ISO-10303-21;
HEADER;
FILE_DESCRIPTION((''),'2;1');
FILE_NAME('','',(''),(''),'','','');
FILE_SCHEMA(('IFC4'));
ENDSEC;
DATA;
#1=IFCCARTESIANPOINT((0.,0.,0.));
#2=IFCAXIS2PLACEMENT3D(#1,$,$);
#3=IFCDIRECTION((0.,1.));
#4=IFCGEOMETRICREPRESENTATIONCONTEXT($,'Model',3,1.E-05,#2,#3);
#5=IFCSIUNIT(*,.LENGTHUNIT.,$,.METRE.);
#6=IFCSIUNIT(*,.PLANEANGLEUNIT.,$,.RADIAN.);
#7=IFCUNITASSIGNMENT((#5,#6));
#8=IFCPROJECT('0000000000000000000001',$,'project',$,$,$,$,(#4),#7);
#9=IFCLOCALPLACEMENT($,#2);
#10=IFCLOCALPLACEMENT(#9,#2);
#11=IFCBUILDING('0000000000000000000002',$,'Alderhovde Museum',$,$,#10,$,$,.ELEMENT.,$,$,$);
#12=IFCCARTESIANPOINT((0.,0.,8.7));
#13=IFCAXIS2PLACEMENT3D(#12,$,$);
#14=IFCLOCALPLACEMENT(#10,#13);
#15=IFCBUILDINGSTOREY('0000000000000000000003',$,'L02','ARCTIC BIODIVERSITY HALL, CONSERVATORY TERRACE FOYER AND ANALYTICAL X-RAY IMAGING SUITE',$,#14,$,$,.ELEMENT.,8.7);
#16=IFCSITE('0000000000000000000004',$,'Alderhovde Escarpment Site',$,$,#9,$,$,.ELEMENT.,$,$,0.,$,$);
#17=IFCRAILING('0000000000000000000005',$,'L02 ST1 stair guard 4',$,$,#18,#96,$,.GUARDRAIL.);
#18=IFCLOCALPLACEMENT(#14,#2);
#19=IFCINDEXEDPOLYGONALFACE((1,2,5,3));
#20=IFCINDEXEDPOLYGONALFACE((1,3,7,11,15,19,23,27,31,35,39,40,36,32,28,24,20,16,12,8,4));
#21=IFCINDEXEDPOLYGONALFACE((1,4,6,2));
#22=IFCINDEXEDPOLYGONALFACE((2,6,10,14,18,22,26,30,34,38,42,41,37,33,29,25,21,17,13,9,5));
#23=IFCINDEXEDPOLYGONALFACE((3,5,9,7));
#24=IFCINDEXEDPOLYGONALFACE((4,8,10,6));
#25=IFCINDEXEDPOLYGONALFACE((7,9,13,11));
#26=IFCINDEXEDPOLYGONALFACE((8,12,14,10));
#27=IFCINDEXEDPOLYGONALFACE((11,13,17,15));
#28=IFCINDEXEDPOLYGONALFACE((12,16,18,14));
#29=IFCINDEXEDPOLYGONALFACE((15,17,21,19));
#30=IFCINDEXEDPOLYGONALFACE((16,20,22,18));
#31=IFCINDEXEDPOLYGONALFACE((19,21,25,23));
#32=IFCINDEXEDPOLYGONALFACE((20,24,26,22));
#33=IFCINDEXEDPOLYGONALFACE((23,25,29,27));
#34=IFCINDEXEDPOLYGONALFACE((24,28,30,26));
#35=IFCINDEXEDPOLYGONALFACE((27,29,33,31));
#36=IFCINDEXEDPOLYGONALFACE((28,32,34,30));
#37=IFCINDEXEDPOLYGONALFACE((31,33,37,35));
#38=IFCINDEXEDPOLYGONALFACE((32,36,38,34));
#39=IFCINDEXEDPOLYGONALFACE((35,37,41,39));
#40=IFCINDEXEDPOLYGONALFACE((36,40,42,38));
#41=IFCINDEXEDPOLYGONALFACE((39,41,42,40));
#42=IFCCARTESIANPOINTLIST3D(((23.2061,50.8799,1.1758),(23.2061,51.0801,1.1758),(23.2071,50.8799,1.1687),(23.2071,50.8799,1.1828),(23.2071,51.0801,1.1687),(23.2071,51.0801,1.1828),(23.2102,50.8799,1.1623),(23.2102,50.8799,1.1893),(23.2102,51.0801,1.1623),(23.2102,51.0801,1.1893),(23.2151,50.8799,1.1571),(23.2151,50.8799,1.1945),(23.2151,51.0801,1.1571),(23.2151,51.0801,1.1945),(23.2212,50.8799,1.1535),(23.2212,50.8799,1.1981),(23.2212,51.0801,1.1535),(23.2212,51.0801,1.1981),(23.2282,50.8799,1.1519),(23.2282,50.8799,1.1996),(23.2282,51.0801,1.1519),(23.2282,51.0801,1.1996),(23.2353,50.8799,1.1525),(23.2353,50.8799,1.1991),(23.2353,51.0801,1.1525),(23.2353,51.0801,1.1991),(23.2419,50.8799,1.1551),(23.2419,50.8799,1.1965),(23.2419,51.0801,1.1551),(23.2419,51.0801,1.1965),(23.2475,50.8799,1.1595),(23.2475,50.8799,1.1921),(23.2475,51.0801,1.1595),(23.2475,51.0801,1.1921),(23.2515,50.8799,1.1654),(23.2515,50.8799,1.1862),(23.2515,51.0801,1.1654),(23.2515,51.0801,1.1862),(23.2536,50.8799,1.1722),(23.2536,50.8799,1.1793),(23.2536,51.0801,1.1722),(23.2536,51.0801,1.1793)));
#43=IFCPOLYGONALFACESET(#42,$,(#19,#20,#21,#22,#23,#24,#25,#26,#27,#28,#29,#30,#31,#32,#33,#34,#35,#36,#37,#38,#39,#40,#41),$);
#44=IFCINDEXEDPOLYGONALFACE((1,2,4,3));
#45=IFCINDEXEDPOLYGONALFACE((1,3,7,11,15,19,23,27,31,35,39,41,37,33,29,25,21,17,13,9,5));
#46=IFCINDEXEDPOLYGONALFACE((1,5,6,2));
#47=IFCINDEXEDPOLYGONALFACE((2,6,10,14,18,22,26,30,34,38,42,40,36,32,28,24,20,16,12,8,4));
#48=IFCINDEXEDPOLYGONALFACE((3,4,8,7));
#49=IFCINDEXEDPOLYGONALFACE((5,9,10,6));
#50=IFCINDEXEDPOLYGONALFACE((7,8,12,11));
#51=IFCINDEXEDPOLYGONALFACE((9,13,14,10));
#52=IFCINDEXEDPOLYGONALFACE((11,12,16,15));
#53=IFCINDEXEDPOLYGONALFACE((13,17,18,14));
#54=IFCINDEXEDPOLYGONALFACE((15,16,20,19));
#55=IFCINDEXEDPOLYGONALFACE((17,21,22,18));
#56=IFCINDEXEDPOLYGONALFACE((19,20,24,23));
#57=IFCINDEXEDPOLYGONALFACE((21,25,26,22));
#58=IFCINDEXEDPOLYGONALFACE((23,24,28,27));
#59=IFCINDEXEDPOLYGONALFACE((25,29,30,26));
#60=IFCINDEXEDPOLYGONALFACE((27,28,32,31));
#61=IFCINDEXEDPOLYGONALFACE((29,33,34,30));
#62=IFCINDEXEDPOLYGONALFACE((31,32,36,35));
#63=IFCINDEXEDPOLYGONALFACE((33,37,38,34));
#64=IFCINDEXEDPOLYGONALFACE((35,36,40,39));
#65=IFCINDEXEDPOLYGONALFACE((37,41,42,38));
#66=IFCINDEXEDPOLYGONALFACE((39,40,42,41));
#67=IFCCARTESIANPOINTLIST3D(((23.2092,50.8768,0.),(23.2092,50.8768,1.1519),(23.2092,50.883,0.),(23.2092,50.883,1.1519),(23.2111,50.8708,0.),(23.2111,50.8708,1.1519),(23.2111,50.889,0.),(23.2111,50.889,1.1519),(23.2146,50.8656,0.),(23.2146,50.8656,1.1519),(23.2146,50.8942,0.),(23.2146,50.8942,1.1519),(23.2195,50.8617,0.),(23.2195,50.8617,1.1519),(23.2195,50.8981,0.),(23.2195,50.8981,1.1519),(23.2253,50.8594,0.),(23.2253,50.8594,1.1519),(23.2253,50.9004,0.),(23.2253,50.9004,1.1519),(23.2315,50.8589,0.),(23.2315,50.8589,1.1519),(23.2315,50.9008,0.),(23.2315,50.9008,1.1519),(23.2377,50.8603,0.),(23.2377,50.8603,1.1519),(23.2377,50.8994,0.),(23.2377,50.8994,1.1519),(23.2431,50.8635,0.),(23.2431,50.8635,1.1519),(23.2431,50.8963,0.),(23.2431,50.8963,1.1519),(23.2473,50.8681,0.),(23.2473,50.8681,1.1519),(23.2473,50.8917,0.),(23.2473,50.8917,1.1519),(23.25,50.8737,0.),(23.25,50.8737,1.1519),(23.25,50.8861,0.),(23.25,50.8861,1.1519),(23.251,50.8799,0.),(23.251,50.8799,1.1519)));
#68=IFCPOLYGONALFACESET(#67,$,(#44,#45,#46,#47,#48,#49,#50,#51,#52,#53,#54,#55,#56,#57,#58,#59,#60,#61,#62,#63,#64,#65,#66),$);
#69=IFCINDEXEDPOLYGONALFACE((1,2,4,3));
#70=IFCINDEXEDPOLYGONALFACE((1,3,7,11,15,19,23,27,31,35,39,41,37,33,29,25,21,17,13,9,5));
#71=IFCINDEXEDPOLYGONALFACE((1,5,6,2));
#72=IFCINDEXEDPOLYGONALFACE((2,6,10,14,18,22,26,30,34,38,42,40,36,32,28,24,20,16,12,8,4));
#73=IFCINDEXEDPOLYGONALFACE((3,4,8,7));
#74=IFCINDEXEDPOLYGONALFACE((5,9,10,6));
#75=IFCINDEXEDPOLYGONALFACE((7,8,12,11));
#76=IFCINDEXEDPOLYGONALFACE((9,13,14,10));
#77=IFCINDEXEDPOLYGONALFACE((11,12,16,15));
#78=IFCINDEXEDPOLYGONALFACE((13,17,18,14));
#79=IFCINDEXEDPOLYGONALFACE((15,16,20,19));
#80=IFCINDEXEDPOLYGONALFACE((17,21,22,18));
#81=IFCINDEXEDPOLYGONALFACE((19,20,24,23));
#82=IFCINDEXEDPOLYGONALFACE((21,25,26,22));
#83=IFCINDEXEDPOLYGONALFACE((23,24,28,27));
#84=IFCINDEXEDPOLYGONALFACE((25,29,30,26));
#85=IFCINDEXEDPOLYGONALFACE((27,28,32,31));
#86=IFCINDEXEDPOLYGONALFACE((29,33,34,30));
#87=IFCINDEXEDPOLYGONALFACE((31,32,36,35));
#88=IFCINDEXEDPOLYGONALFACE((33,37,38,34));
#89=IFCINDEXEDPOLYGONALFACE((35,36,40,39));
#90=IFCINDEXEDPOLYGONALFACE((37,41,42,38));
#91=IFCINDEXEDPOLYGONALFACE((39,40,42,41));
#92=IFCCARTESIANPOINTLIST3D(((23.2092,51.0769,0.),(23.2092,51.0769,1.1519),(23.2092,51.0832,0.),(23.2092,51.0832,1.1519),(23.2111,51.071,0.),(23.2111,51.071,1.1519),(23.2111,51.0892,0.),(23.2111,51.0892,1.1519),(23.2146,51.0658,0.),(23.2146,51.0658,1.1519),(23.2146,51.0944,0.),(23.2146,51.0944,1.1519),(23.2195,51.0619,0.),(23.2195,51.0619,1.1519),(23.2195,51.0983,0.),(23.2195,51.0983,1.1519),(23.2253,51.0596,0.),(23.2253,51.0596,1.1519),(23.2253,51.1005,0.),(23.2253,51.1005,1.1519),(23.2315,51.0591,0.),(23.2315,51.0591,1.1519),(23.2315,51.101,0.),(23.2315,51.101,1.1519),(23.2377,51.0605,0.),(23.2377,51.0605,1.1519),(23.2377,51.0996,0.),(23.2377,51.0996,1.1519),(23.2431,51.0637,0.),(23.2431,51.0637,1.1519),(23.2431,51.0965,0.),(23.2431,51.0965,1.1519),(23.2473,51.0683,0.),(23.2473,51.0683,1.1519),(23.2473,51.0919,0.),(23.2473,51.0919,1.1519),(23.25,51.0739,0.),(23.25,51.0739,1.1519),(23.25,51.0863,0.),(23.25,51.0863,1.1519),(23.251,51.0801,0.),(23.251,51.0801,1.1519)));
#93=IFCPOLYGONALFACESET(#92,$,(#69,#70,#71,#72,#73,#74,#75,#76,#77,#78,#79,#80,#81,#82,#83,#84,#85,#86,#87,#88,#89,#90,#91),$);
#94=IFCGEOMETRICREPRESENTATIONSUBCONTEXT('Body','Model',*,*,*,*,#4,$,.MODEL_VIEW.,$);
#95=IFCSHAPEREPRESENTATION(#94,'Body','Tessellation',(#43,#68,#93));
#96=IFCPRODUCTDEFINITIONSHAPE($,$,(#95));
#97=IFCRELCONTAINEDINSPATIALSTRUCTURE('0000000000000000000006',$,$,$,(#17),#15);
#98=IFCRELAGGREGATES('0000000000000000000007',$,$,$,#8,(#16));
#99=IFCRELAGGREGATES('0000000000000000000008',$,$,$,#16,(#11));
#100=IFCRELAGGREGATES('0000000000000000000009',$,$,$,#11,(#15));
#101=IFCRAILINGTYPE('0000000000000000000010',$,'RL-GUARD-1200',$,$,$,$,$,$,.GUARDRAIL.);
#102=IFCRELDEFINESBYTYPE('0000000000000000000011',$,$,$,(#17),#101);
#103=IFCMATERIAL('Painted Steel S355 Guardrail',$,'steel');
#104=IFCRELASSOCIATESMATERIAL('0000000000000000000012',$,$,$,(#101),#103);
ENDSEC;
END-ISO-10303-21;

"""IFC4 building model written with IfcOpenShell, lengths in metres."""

from ifc_helpers import new_model, si_unit, direction, frame, origin, origin_2d, place, context, subcontext, project, spatial, circle, extrude, material, type_object, element, save


model = new_model("IFC4")

# Units and contexts
model_context = context("Model", 3, precision=1e-05, world=origin(), true_north=direction((0.0, 1.0)))
body_context = subcontext(model_context, "Body", "Model", "MODEL_VIEW")
ifc_project = project(units=[si_unit("LENGTHUNIT", "METRE"), si_unit("PLANEANGLEUNIT", "RADIAN")], contexts=[model_context])

# Site, building, storey
site_placement = place(None, origin())
site = spatial("IfcSite", under=ifc_project, at=site_placement, Name="Alderhovde Escarpment Site", CompositionType="ELEMENT", RefElevation=0.0)
building_placement = place(site_placement, origin())
building = spatial("IfcBuilding", under=site, at=building_placement, Name="Alderhovde Museum", CompositionType="ELEMENT")
storey_placement = place(building_placement, frame((0.0, 0.0, 8.7)))
storey = spatial("IfcBuildingStorey", under=building, at=storey_placement, Name="L02", Description="ARCTIC BIODIVERSITY HALL, CONSERVATORY TERRACE FOYER AND ANALYTICAL X-RAY IMAGING SUITE", CompositionType="ELEMENT", Elevation=8.7)

# Railing
ifc_material_1 = material(Name="Painted Steel S355 Guardrail", Category="steel")
railing_type_1 = type_object("IfcRailingType", Name="RL-GUARD-1200", PredefinedType="GUARDRAIL", material=ifc_material_1)
railing_1_placement = place(storey_placement, frame((23.23, 50.8799, 0.0)))
element("IfcRailing", 1, at=railing_1_placement, inside=storey, type_object=railing_type_1, Name="L02 ST1 stair guard 4", PredefinedType="GUARDRAIL", context=body_context, shape_type="SweptSolid", body=[
    extrude(circle(Radius=0.0239, at=origin_2d()), frame((0.0, 0.0, 1.1758), z_axis=(0.0, 1.0, 0.0), x_axis=(-1.0, 0.0, 0.0)), (0.0, 0.0, 1.0), 0.2002),
    extrude(circle(Radius=0.021, at=origin_2d()), origin(), (0.0, 0.0, 1.0), 1.1519),
    extrude(circle(Radius=0.021, at=origin_2d()), frame((0.0, 0.2002, 0.0)), (0.0, 0.0, 1.0), 1.1519),
])

save(model, "model.ifc")
